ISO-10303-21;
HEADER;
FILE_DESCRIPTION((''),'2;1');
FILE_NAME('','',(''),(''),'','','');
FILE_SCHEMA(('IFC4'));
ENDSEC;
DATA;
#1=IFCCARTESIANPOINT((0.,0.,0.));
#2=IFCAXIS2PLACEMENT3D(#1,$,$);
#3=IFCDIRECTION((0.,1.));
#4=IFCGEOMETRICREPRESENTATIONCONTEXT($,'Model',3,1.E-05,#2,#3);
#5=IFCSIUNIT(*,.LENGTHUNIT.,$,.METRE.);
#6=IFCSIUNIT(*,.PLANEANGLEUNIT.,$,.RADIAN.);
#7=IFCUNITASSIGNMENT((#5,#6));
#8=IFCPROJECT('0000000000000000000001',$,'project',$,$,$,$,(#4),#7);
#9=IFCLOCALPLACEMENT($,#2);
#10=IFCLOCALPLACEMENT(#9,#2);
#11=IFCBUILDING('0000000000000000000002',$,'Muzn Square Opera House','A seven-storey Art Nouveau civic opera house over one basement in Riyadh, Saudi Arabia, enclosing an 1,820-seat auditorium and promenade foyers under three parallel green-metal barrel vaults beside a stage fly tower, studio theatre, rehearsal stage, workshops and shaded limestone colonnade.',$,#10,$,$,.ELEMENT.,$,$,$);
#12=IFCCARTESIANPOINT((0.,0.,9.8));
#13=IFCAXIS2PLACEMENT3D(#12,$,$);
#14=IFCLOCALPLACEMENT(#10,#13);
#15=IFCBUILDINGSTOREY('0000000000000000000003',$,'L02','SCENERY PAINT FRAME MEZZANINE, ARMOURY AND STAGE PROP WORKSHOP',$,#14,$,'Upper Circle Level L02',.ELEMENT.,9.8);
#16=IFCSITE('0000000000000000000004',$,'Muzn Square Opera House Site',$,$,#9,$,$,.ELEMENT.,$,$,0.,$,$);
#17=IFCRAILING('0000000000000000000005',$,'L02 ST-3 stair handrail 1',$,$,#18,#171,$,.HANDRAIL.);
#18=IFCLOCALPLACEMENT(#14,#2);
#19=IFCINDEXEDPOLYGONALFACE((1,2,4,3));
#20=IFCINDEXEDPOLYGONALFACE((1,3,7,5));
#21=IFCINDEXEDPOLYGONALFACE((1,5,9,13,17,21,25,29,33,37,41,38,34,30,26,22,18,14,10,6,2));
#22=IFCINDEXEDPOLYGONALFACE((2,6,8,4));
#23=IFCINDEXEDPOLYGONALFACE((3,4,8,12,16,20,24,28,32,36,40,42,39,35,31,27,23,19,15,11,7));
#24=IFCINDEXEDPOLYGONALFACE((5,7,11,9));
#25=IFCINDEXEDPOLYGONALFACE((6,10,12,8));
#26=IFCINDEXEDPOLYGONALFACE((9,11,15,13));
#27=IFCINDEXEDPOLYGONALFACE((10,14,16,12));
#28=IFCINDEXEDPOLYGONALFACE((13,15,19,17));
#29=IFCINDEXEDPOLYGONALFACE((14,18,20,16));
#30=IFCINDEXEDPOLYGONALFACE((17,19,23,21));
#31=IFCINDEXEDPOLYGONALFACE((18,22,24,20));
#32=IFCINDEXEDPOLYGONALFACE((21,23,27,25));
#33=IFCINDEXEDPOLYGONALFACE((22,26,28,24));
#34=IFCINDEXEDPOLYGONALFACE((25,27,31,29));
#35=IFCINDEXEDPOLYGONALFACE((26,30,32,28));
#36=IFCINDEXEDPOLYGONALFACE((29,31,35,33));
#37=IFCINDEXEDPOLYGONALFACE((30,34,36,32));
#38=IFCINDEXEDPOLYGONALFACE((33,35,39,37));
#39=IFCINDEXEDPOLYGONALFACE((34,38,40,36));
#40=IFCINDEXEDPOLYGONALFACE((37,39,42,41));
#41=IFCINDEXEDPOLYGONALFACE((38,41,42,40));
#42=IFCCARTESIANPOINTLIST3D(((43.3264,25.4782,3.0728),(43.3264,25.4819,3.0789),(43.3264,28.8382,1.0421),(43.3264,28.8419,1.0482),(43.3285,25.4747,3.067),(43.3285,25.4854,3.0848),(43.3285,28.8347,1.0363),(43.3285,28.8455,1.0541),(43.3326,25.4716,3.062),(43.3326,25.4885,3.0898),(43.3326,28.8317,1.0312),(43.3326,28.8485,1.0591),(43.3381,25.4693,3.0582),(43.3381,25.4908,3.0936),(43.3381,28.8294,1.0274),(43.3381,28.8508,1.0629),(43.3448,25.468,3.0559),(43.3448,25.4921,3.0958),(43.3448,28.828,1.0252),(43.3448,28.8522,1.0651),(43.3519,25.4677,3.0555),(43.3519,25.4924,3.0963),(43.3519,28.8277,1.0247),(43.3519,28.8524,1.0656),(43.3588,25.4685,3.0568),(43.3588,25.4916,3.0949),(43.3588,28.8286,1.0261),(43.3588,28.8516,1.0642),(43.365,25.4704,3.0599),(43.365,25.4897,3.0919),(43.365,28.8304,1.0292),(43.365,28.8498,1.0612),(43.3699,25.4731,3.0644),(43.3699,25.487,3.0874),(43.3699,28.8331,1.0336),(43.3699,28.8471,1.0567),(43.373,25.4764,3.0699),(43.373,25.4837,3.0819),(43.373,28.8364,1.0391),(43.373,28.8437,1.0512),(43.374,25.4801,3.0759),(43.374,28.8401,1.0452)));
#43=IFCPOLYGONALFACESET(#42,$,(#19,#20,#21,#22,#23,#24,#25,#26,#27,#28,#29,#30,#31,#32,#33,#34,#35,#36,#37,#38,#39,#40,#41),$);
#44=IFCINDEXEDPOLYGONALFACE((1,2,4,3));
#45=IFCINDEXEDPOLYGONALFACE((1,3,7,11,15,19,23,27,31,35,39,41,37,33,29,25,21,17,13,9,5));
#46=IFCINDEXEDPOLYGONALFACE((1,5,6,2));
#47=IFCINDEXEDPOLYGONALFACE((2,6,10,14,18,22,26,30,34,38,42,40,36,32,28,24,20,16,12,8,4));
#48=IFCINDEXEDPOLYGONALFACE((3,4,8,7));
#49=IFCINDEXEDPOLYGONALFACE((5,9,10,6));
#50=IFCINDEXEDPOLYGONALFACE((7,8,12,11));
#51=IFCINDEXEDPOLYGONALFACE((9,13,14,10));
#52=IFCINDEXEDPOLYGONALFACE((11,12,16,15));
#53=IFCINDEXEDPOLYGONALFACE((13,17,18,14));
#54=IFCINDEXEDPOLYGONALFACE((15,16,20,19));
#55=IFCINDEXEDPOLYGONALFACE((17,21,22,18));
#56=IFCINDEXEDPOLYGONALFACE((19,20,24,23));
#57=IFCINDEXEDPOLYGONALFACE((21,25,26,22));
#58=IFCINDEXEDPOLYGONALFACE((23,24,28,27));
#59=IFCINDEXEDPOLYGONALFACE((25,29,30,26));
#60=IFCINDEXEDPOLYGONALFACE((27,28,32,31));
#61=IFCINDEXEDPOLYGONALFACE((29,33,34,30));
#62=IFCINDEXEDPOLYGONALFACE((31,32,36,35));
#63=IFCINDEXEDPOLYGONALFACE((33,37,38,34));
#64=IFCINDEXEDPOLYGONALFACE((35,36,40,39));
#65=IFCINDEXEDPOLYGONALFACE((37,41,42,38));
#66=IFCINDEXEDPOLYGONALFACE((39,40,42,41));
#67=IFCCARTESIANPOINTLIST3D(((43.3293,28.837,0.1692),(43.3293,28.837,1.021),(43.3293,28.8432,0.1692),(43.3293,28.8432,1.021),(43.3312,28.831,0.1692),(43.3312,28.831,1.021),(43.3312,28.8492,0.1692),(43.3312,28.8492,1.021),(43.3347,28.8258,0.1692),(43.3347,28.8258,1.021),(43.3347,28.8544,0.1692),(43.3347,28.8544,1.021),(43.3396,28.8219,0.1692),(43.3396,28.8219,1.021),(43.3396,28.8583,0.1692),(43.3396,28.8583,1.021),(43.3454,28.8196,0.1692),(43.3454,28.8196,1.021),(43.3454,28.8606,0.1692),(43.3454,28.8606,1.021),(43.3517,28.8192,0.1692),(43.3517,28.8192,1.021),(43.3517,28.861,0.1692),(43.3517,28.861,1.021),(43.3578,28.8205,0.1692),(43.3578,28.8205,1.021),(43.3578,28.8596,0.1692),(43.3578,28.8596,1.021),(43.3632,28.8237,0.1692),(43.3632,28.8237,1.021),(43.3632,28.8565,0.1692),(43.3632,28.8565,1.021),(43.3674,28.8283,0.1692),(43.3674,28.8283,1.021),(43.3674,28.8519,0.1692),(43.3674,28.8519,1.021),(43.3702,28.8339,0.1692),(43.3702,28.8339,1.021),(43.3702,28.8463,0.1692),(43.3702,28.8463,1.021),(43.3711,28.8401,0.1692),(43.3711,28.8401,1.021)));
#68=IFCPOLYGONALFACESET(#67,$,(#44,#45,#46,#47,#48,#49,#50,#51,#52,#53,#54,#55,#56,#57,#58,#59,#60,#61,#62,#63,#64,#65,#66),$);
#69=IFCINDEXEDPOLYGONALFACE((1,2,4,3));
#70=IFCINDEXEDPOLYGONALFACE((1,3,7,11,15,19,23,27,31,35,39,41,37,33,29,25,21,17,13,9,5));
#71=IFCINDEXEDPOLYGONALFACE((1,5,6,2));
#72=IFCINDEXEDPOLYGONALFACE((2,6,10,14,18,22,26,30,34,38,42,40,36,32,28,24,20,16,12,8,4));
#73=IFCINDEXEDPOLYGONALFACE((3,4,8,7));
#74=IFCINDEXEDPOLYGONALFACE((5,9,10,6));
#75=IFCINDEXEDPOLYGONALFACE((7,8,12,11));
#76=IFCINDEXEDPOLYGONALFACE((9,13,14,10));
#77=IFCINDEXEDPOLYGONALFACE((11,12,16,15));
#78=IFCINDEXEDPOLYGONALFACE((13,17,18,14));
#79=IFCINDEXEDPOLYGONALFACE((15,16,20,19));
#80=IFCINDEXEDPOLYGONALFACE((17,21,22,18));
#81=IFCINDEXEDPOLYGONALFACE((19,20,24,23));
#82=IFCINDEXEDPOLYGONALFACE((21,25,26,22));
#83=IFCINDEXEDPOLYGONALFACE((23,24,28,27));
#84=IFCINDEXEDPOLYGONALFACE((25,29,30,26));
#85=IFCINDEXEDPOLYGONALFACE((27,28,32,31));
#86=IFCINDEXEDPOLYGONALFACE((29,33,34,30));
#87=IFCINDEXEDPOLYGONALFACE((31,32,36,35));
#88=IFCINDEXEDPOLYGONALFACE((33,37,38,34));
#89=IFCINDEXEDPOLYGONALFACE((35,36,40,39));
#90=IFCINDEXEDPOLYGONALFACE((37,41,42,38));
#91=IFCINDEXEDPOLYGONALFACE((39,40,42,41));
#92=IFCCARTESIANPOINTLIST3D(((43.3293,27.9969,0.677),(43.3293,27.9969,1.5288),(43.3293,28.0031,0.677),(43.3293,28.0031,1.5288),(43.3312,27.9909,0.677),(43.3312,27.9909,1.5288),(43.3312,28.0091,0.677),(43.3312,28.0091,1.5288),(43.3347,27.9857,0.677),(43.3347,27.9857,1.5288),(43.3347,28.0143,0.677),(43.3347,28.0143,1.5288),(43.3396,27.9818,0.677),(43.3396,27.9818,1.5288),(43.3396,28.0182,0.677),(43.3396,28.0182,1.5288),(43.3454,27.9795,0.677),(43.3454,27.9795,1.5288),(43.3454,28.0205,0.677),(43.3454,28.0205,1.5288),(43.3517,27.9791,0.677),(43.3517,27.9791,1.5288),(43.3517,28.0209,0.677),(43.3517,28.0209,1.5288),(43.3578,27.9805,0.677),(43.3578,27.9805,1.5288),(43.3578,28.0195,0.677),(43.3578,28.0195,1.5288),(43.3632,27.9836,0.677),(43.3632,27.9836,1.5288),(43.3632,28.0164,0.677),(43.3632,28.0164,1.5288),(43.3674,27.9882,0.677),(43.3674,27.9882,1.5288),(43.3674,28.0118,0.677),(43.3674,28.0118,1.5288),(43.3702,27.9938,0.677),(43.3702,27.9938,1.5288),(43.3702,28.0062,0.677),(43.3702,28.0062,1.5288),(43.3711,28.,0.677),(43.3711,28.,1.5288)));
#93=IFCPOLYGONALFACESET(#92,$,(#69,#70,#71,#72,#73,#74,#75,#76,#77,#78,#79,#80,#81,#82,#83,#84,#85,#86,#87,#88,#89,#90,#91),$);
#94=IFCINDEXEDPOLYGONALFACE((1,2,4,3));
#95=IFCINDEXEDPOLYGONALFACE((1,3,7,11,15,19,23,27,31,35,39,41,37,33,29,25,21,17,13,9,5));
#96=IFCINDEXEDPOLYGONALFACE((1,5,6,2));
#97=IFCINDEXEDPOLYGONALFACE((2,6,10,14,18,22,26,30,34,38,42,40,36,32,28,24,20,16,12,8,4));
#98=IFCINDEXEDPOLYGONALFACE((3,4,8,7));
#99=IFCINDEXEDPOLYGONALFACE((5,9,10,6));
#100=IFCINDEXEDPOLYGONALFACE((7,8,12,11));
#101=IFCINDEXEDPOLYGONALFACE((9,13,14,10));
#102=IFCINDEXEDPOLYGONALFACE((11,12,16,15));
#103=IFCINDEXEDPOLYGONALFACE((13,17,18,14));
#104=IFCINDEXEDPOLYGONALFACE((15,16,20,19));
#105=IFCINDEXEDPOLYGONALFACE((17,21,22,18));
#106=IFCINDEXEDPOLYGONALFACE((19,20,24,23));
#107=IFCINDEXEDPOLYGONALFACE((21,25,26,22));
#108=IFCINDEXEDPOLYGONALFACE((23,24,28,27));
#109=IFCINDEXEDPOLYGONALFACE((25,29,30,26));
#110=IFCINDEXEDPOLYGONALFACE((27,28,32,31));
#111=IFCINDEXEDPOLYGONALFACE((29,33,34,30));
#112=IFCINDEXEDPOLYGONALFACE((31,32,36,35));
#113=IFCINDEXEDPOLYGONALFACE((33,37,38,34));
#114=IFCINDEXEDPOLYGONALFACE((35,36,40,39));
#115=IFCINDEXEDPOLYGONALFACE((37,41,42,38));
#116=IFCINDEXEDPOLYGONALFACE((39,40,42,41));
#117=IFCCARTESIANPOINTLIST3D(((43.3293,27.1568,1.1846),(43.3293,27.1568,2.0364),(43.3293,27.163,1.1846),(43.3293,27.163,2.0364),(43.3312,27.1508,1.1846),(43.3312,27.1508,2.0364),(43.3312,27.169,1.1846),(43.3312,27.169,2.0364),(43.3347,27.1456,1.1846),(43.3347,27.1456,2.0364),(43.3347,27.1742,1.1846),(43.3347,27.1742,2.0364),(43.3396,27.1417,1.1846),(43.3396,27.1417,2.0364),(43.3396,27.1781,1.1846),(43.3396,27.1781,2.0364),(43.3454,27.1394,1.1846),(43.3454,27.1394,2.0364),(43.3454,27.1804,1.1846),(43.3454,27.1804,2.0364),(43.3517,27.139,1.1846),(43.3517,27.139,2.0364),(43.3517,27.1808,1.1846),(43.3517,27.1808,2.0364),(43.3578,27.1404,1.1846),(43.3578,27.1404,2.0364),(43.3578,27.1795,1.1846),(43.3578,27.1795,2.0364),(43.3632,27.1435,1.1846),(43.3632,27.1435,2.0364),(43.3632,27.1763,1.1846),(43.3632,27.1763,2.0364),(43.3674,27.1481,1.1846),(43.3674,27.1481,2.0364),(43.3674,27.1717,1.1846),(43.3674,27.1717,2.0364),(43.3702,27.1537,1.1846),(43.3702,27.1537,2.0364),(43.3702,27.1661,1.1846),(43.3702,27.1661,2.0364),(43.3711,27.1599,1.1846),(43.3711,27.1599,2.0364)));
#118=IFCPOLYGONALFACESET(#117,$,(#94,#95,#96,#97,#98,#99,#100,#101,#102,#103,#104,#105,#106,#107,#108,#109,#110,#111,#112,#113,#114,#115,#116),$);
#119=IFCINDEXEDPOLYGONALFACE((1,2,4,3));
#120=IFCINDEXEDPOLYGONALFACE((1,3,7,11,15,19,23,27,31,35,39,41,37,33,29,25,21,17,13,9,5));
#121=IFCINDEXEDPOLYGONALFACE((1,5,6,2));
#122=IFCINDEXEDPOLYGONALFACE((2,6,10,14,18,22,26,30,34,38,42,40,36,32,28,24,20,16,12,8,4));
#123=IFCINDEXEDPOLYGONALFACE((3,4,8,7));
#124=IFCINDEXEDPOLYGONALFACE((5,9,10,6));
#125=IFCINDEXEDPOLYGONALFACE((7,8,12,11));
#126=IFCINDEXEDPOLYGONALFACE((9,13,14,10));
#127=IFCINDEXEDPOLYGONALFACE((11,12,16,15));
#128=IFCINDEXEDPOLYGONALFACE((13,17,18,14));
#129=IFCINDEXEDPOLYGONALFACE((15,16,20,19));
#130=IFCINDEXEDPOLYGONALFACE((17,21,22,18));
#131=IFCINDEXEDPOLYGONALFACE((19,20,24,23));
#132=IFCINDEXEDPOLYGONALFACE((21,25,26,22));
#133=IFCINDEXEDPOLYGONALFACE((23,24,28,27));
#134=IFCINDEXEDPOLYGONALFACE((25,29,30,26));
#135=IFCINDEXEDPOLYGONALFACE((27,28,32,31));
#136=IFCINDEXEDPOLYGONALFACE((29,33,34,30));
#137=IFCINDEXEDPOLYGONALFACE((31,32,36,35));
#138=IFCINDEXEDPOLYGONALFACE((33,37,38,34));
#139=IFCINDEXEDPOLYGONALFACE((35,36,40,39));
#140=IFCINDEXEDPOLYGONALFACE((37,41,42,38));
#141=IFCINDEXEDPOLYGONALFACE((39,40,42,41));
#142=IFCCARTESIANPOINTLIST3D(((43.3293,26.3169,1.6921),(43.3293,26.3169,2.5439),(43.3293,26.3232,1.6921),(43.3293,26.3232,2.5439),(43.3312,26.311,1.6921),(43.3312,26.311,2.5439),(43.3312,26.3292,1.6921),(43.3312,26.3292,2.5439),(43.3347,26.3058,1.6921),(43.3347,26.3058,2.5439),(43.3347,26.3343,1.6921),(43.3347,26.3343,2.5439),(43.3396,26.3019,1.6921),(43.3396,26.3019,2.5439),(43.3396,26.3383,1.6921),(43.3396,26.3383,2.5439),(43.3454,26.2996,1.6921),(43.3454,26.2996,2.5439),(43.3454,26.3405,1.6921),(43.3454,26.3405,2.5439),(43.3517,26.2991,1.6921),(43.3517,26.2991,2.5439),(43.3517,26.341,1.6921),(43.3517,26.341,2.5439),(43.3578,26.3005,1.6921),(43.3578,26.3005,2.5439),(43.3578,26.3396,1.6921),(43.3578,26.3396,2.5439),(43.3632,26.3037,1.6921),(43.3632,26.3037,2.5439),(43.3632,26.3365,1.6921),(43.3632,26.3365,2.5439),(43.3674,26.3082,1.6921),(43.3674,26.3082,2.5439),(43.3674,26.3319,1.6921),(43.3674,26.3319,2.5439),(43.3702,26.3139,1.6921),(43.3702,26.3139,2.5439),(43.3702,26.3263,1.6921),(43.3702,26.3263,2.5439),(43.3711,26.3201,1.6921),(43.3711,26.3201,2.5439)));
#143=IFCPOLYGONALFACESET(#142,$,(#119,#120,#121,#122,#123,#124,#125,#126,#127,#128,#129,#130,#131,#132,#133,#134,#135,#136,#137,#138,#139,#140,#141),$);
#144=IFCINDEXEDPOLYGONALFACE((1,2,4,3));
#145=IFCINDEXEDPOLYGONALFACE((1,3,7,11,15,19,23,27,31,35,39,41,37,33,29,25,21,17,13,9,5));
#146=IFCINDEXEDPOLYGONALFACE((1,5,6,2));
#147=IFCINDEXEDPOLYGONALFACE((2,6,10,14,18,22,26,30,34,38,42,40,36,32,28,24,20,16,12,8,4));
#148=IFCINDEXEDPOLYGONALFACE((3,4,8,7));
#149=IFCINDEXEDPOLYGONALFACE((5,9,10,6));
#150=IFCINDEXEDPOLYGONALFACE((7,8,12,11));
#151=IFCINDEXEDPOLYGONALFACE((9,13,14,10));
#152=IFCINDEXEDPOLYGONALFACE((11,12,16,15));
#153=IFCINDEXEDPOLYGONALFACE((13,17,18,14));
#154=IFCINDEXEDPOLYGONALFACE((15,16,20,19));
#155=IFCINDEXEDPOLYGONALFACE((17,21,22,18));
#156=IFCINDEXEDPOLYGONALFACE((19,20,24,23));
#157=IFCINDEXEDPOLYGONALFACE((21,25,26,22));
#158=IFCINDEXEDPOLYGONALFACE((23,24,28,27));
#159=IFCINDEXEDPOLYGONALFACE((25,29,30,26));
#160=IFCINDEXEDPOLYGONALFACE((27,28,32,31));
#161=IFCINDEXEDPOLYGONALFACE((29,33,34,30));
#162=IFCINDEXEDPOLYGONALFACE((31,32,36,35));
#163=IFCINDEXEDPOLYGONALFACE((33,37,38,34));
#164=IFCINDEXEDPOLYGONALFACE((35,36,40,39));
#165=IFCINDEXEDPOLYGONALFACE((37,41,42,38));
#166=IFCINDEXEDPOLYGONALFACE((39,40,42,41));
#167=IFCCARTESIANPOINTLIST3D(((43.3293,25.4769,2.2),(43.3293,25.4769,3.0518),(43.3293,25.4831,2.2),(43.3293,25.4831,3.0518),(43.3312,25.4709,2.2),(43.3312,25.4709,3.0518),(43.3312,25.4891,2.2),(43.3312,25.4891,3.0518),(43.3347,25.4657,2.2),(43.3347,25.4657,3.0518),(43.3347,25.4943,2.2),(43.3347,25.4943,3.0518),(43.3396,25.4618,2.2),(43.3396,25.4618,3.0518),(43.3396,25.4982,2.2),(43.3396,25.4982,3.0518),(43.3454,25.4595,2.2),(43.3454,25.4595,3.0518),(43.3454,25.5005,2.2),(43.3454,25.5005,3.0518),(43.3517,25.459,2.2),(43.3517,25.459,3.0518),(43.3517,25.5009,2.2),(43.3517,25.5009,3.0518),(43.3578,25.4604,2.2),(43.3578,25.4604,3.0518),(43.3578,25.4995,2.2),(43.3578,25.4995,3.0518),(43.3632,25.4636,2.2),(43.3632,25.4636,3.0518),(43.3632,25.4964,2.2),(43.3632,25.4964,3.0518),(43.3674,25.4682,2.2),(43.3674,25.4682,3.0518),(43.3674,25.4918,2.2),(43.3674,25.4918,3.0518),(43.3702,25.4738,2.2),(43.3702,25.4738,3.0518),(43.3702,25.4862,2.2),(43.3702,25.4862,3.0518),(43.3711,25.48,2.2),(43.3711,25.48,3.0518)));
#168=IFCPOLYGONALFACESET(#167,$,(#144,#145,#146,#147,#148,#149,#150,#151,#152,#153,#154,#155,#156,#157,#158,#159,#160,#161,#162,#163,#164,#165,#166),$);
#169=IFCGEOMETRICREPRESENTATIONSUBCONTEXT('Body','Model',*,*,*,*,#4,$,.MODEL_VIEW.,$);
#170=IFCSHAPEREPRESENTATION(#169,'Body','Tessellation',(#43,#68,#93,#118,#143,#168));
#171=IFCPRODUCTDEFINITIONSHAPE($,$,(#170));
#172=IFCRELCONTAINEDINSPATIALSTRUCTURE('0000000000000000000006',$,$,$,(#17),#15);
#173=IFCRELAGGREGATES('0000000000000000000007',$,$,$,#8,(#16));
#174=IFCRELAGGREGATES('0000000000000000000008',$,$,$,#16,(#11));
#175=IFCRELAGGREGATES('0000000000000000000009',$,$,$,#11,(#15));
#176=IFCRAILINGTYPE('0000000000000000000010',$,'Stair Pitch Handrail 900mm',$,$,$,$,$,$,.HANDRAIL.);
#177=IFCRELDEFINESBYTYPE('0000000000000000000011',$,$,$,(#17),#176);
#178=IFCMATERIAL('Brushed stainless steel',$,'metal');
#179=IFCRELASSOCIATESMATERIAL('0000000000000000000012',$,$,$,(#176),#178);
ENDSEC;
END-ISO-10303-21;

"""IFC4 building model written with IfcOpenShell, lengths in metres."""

from ifc_helpers import new_model, si_unit, direction, frame, origin, origin_2d, place, context, subcontext, project, spatial, circle, extrude, material, type_object, element, save


model = new_model("IFC4")

# Units and contexts
model_context = context("Model", 3, precision=1e-05, world=origin(), true_north=direction((0.0, 1.0)))
body_context = subcontext(model_context, "Body", "Model", "MODEL_VIEW")
ifc_project = project(units=[si_unit("LENGTHUNIT", "METRE"), si_unit("PLANEANGLEUNIT", "RADIAN")], contexts=[model_context])

# Site, building, storey
site_placement = place(None, origin())
site = spatial("IfcSite", under=ifc_project, at=site_placement, Name="Muzn Square Opera House Site", CompositionType="ELEMENT", RefElevation=0.0)
building_placement = place(site_placement, origin())
building = spatial("IfcBuilding", under=site, at=building_placement, Name="Muzn Square Opera House", Description="A seven-storey Art Nouveau civic opera house over one basement in Riyadh, Saudi Arabia, enclosing an 1,820-seat auditorium and promenade foyers under three parallel green-metal barrel vaults beside a stage fly tower, studio theatre, rehearsal stage, workshops and shaded limestone colonnade.", CompositionType="ELEMENT")
storey_placement = place(building_placement, frame((0.0, 0.0, 9.8)))
storey = spatial("IfcBuildingStorey", under=building, at=storey_placement, Name="L02", Description="SCENERY PAINT FRAME MEZZANINE, ARMOURY AND STAGE PROP WORKSHOP", LongName="Upper Circle Level L02", CompositionType="ELEMENT", Elevation=9.8)

# Shared definitions
ifc_material_1 = material(Name="Brushed stainless steel", Category="metal")

# Railing
railing_type_1 = type_object("IfcRailingType", Name="Stair Pitch Handrail 900mm", PredefinedType="HANDRAIL", material=ifc_material_1)
railing_1_placement = place(storey_placement, frame((43.3501, 28.8401, 0.1692)))
element("IfcRailing", 1, at=railing_1_placement, inside=storey, type_object=railing_type_1, Name="L02 ST-3 stair handrail 1", PredefinedType="HANDRAIL", context=body_context, shape_type="SweptSolid", body=[
    extrude(circle(Radius=0.0239, at=origin_2d()), frame((0.0, 0.0, 0.876), z_axis=(0.0, -0.855837, 0.517246), x_axis=(1.0, 0.0, 0.0)), (0.0, 0.0, 1.0), 3.926),
    extrude(circle(Radius=0.021, at=origin_2d()), origin(), (0.0, 0.0, 1.0), 0.8518),
    extrude(circle(Radius=0.021, at=origin_2d()), frame((0.0, -0.8401, 0.5078)), (0.0, 0.0, 1.0), 0.8518),
    extrude(circle(Radius=0.021, at=origin_2d()), frame((0.0, -1.6802, 1.0154)), (0.0, 0.0, 1.0), 0.8518),
    extrude(circle(Radius=0.021, at=origin_2d()), frame((0.0, -2.52, 1.5229)), (0.0, 0.0, 1.0), 0.8518),
    extrude(circle(Radius=0.021, at=origin_2d()), frame((0.0, -3.3601, 2.0308)), (0.0, 0.0, 1.0), 0.8518),
])

save(model, "model.ifc")
